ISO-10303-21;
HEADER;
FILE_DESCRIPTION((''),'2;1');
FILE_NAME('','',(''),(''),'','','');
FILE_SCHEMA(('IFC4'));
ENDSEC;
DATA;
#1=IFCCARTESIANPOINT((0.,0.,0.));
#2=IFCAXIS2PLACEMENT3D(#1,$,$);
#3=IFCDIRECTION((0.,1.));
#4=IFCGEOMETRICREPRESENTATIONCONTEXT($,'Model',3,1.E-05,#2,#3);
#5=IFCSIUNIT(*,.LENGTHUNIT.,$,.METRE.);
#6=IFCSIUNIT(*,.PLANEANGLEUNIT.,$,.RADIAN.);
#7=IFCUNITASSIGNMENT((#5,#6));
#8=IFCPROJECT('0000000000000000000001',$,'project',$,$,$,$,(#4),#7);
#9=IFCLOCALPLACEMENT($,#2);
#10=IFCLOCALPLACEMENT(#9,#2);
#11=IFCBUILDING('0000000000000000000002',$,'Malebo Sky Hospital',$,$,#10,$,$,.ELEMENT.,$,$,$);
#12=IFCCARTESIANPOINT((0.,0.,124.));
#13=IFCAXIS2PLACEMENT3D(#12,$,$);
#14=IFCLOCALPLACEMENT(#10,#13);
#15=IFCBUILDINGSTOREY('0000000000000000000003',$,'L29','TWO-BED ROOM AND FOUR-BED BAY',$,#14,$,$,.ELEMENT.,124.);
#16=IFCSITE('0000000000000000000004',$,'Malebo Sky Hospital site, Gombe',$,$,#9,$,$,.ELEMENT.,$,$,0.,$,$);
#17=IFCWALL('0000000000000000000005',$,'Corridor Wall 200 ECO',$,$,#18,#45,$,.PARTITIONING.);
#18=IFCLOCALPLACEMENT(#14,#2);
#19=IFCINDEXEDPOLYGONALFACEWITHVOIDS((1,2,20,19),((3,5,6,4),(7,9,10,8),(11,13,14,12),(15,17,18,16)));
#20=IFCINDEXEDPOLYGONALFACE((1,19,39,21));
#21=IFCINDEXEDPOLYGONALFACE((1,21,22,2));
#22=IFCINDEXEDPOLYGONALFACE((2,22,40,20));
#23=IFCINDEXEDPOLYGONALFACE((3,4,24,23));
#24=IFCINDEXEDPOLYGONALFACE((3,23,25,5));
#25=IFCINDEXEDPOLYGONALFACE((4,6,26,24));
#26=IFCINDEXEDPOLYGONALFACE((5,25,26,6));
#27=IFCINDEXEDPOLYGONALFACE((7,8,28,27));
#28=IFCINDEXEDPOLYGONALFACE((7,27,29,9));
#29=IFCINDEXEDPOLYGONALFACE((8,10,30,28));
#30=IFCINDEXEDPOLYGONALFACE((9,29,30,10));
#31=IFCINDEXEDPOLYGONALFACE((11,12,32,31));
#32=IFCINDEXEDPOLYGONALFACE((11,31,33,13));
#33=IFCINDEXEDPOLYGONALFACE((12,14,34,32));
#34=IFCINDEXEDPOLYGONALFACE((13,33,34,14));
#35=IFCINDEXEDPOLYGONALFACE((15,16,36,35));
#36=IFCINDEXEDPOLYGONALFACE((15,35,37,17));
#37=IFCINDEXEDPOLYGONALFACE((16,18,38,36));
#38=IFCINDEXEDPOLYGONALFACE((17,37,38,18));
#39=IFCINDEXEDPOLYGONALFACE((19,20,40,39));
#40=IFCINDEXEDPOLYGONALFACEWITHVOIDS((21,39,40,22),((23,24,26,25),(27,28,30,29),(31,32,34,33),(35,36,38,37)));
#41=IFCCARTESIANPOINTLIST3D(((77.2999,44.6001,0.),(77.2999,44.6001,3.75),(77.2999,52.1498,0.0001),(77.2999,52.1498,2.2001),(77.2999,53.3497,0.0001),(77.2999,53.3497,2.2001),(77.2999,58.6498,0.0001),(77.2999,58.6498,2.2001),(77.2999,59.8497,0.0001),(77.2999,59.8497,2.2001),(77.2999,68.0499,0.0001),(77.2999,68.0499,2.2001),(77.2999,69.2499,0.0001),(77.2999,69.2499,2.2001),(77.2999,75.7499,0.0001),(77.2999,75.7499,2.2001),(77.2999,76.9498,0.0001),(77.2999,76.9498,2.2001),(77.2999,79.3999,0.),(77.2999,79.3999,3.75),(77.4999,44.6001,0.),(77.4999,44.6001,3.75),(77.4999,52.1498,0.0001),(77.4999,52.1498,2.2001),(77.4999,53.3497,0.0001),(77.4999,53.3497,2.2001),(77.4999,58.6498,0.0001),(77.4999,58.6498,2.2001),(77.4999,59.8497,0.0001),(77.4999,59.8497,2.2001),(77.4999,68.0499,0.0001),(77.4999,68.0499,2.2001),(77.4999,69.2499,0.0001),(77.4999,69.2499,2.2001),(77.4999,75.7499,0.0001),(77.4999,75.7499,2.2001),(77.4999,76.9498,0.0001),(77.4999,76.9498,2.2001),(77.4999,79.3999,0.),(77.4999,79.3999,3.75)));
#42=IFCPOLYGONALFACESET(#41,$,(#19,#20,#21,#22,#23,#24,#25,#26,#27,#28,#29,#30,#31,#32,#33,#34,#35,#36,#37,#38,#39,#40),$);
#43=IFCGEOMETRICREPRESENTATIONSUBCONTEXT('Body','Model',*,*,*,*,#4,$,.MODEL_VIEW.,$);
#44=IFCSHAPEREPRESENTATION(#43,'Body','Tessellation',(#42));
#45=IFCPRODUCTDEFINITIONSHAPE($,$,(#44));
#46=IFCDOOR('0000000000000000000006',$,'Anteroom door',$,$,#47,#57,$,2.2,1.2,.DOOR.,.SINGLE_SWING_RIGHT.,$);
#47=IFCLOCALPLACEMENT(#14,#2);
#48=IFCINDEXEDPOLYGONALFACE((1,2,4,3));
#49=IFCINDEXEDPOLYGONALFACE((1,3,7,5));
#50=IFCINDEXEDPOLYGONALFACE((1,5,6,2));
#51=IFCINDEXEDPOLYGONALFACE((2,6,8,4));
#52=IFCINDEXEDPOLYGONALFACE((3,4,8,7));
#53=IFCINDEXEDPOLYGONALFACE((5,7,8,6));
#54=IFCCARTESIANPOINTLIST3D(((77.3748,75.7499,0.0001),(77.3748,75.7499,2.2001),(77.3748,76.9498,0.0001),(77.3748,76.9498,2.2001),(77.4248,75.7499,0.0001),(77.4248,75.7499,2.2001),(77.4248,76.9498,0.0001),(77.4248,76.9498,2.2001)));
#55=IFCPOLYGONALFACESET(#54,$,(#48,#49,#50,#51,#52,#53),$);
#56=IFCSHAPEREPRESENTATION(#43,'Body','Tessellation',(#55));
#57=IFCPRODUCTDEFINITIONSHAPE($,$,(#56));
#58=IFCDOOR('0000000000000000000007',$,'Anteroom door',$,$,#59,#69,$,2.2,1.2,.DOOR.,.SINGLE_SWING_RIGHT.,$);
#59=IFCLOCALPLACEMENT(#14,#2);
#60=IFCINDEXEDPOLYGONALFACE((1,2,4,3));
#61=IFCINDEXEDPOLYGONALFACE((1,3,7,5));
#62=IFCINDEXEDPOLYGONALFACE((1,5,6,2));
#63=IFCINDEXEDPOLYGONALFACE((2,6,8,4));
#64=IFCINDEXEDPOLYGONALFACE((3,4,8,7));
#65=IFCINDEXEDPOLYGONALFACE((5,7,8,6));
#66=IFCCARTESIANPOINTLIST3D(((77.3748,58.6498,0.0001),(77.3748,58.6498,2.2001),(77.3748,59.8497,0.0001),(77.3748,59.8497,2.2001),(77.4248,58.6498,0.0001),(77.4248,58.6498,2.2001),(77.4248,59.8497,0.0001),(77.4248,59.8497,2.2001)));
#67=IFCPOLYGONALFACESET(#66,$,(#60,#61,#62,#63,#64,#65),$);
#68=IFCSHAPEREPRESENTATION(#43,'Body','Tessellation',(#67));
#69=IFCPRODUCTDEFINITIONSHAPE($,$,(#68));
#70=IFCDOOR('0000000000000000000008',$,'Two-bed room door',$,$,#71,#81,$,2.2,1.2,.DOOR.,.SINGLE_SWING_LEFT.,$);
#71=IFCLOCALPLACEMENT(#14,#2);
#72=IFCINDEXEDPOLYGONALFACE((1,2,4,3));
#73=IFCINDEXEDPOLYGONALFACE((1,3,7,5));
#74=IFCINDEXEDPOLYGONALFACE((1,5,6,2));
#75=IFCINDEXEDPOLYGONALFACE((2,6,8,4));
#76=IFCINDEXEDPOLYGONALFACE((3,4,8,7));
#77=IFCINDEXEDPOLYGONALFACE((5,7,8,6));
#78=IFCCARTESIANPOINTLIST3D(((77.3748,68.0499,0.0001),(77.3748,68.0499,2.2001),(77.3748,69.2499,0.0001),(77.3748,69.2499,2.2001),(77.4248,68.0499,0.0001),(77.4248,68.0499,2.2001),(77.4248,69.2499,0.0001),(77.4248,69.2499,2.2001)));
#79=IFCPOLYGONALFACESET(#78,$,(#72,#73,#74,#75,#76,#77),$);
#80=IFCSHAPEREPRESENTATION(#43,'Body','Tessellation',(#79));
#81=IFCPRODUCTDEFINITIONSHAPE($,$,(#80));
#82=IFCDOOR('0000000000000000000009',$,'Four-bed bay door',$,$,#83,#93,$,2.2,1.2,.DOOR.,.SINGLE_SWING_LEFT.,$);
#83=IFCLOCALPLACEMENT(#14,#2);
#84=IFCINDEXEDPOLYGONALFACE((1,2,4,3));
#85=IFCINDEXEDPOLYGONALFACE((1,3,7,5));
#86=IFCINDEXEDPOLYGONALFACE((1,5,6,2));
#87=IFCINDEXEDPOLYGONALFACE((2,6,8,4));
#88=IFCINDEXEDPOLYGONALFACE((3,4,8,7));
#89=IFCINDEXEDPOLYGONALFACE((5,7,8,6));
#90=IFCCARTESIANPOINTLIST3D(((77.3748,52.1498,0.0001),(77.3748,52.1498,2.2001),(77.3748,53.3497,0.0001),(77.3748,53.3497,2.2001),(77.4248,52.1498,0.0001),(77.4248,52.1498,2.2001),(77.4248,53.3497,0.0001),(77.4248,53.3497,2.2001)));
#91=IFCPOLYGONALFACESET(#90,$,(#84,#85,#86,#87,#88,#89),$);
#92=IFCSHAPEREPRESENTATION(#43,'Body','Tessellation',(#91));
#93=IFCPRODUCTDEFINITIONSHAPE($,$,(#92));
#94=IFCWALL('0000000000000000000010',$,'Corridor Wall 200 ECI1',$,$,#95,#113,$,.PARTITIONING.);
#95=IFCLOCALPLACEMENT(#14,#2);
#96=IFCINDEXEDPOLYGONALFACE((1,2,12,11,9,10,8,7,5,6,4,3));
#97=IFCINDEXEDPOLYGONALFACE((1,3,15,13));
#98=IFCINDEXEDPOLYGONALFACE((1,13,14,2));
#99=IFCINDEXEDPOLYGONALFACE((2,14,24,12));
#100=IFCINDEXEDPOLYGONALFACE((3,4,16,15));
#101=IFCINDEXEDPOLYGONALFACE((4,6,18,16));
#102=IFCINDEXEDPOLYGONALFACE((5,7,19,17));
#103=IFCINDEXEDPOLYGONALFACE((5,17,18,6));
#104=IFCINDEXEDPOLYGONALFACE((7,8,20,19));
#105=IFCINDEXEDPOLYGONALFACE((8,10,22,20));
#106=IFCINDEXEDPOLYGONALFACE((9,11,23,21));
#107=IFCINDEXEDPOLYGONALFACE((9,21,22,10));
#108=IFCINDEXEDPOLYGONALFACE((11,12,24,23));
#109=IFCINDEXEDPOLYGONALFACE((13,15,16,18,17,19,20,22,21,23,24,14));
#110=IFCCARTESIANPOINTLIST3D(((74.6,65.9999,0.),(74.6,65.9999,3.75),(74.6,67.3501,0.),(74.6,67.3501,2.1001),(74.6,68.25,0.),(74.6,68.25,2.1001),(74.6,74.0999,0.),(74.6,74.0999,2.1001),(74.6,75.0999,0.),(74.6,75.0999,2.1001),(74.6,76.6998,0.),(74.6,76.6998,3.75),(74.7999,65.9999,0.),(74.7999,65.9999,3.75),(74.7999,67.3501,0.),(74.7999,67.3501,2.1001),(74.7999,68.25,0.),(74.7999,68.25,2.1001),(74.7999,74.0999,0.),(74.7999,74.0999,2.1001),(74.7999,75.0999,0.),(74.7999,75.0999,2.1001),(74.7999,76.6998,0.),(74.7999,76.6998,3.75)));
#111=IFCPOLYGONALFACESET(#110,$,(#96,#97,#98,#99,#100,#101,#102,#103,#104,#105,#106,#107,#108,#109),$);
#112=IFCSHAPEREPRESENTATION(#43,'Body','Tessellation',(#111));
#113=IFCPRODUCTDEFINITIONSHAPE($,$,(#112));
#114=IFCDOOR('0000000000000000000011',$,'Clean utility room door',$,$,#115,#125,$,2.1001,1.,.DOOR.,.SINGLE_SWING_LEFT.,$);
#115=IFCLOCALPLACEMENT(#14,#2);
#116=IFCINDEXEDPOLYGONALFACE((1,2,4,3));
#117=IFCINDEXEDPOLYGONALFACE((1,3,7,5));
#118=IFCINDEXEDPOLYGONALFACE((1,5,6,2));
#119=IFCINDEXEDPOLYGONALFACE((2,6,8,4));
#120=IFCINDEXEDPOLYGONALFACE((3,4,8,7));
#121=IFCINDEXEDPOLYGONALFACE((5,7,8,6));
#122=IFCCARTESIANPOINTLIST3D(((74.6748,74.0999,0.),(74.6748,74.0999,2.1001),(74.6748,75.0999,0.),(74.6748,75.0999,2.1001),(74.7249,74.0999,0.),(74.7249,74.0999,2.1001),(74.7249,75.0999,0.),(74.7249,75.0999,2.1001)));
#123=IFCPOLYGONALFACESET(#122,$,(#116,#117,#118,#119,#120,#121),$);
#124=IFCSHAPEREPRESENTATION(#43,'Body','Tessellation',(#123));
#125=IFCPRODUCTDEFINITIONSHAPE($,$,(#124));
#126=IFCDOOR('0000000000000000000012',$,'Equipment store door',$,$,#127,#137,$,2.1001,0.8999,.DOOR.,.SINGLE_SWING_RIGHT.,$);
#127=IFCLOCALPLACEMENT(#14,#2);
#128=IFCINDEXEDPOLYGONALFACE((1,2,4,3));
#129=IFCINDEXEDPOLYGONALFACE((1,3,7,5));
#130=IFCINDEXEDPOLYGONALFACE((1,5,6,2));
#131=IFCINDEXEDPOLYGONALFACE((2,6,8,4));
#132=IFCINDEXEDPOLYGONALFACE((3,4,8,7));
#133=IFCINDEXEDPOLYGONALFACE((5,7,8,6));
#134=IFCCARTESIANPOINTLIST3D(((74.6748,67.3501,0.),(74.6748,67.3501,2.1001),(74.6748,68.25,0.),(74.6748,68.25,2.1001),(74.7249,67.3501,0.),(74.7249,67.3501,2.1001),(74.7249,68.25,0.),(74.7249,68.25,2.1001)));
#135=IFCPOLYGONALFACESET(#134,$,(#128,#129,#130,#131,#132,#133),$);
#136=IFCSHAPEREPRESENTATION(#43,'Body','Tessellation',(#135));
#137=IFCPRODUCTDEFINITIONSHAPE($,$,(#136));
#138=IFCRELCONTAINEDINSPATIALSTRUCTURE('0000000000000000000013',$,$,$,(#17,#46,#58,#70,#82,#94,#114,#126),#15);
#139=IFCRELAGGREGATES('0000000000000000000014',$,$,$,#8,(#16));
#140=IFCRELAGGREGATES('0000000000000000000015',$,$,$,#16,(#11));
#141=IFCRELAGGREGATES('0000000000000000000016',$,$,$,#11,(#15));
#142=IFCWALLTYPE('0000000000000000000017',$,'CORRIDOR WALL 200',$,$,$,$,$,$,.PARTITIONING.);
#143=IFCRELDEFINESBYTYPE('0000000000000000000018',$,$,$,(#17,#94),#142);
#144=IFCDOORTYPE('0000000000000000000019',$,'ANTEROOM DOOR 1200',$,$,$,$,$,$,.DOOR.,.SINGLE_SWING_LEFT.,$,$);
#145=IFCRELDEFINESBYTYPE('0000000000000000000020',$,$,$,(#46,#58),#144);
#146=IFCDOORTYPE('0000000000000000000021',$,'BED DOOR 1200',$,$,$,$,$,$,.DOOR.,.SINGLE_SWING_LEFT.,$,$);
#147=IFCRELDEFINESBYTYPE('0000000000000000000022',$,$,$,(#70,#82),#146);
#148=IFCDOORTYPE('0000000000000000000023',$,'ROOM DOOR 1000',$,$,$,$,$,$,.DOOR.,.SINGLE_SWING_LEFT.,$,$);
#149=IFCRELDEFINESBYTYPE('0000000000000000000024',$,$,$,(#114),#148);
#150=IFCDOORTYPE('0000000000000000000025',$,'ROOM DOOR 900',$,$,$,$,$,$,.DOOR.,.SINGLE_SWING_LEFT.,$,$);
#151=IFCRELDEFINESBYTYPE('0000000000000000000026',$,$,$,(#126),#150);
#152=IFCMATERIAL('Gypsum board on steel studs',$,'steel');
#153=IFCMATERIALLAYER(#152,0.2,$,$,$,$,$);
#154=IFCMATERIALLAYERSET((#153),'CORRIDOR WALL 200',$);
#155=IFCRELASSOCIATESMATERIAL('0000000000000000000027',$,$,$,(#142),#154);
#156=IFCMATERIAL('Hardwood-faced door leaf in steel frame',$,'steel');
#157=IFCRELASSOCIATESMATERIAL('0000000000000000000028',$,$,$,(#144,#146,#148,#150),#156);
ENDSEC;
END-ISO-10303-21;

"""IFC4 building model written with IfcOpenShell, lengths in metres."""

from ifc_helpers import new_model, si_unit, direction, frame, frame_2d, origin, place, context, subcontext, project, spatial, rectangle, extrude, material, layer, layer_set, type_object, element, fill, save


model = new_model("IFC4")

# Units and contexts
model_context = context("Model", 3, precision=1e-05, world=origin(), true_north=direction((0.0, 1.0)))
body_context = subcontext(model_context, "Body", "Model", "MODEL_VIEW")
ifc_project = project(units=[si_unit("LENGTHUNIT", "METRE"), si_unit("PLANEANGLEUNIT", "RADIAN")], contexts=[model_context])

# Site, building, storey
site_placement = place(None, origin())
site = spatial("IfcSite", under=ifc_project, at=site_placement, Name="Malebo Sky Hospital site, Gombe", CompositionType="ELEMENT", RefElevation=0.0)
building_placement = place(site_placement, origin())
building = spatial("IfcBuilding", under=site, at=building_placement, Name="Malebo Sky Hospital", CompositionType="ELEMENT")
storey_placement = place(building_placement, frame((0.0, 0.0, 124.0)))
storey = spatial("IfcBuildingStorey", under=building, at=storey_placement, Name="L29", Description="TWO-BED ROOM AND FOUR-BED BAY", CompositionType="ELEMENT", Elevation=124.0)

# Walls, openings, doors
ifc_material_1 = material(Name="Gypsum board on steel studs", Category="steel")
ifc_layer_1 = layer(ifc_material_1, 0.2)
ifc_layer_set_1 = layer_set([ifc_layer_1], Name="CORRIDOR WALL 200")
wall_type_1 = type_object("IfcWallType", Name="CORRIDOR WALL 200", PredefinedType="PARTITIONING", material=ifc_layer_set_1)
wall_1_placement = place(storey_placement, frame((77.3999, 79.3999, 0.0), z_axis=(0.0, 0.0, 1.0), x_axis=(0.0, -1.0, 0.0)))
wall_1 = element("IfcWall", 1, at=wall_1_placement, inside=storey, type_object=wall_type_1, Name="Corridor Wall 200 ECO", PredefinedType="PARTITIONING", context=body_context, shape_type="SweptSolid", body=[
    extrude(rectangle(XDim=34.7998, YDim=0.2, at=frame_2d((17.3999, 0.0))), origin(), (0.0, 0.0, 1.0), 3.75),
])
opening_1_placement = place(wall_1_placement, frame((2.45, 0.0, 0.0)))
opening_1 = element("IfcOpeningElement", 2, at=opening_1_placement, cuts=wall_1, PredefinedType="OPENING", context=body_context, shape_type="SweptSolid", body=[
    extrude(rectangle(XDim=1.2, YDim=2.2, at=frame_2d((0.6001, 1.1001))), frame((0.0, 0.1099, 0.0), z_axis=(0.0, -1.0, 0.0), x_axis=(1.0, 0.0, 0.0)), (0.0, 0.0, 1.0), 0.22),
])
opening_2_placement = place(wall_1_placement, frame((10.1499, 0.0, 0.0)))
opening_2 = element("IfcOpeningElement", 3, at=opening_2_placement, cuts=wall_1, PredefinedType="OPENING", context=body_context, shape_type="SweptSolid", body=[
    extrude(rectangle(XDim=1.2, YDim=2.2, at=frame_2d((0.6001, 1.1001))), frame((0.0, 0.1099, 0.0), z_axis=(0.0, -1.0, 0.0), x_axis=(1.0, 0.0, 0.0)), (0.0, 0.0, 1.0), 0.22),
])
opening_3_placement = place(wall_1_placement, frame((19.55, 0.0, 0.0)))
opening_3 = element("IfcOpeningElement", 4, at=opening_3_placement, cuts=wall_1, PredefinedType="OPENING", context=body_context, shape_type="SweptSolid", body=[
    extrude(rectangle(XDim=1.2, YDim=2.2, at=frame_2d((0.6001, 1.1001))), frame((0.0, 0.1099, 0.0), z_axis=(0.0, -1.0, 0.0), x_axis=(1.0, 0.0, 0.0)), (0.0, 0.0, 1.0), 0.22),
])
opening_4_placement = place(wall_1_placement, frame((26.05, 0.0, 0.0)))
opening_4 = element("IfcOpeningElement", 5, at=opening_4_placement, cuts=wall_1, PredefinedType="OPENING", context=body_context, shape_type="SweptSolid", body=[
    extrude(rectangle(XDim=1.2, YDim=2.2, at=frame_2d((0.6001, 1.1001))), frame((0.0, 0.1099, 0.0), z_axis=(0.0, -1.0, 0.0), x_axis=(1.0, 0.0, 0.0)), (0.0, 0.0, 1.0), 0.22),
])
ifc_material_2 = material(Name="Hardwood-faced door leaf in steel frame", Category="steel")
door_type_1 = type_object("IfcDoorType", Name="ANTEROOM DOOR 1200", OperationType="SINGLE_SWING_LEFT", PredefinedType="DOOR", material=ifc_material_2)
door_1_placement = place(opening_1_placement, origin())
door_1 = element("IfcDoor", 6, at=door_1_placement, inside=storey, type_object=door_type_1, Name="Anteroom door", OperationType="SINGLE_SWING_RIGHT", OverallHeight=2.2, OverallWidth=1.2, PredefinedType="DOOR", context=body_context, shape_type="SweptSolid", body=[
    extrude(rectangle(XDim=1.2, YDim=2.2, at=frame_2d((0.6001, 1.1001))), frame((0.0, 0.0249, 0.0), z_axis=(0.0, -1.0, 0.0), x_axis=(1.0, 0.0, 0.0)), (0.0, 0.0, 1.0), 0.05),
])
fill(opening_1, door_1)
door_2_placement = place(opening_3_placement, origin())
door_2 = element("IfcDoor", 7, at=door_2_placement, inside=storey, type_object=door_type_1, Name="Anteroom door", OperationType="SINGLE_SWING_RIGHT", OverallHeight=2.2, OverallWidth=1.2, PredefinedType="DOOR", context=body_context, shape_type="SweptSolid", body=[
    extrude(rectangle(XDim=1.2, YDim=2.2, at=frame_2d((0.6001, 1.1001))), frame((0.0, 0.0249, 0.0), z_axis=(0.0, -1.0, 0.0), x_axis=(1.0, 0.0, 0.0)), (0.0, 0.0, 1.0), 0.05),
])
fill(opening_3, door_2)
door_type_2 = type_object("IfcDoorType", Name="BED DOOR 1200", OperationType="SINGLE_SWING_LEFT", PredefinedType="DOOR", material=ifc_material_2)
door_3_placement = place(opening_2_placement, origin())
door_3 = element("IfcDoor", 8, at=door_3_placement, inside=storey, type_object=door_type_2, Name="Two-bed room door", OperationType="SINGLE_SWING_LEFT", OverallHeight=2.2, OverallWidth=1.2, PredefinedType="DOOR", context=body_context, shape_type="SweptSolid", body=[
    extrude(rectangle(XDim=1.2, YDim=2.2, at=frame_2d((0.6001, 1.1001))), frame((0.0, 0.0249, 0.0), z_axis=(0.0, -1.0, 0.0), x_axis=(1.0, 0.0, 0.0)), (0.0, 0.0, 1.0), 0.05),
])
fill(opening_2, door_3)
door_4_placement = place(opening_4_placement, origin())
door_4 = element("IfcDoor", 9, at=door_4_placement, inside=storey, type_object=door_type_2, Name="Four-bed bay door", OperationType="SINGLE_SWING_LEFT", OverallHeight=2.2, OverallWidth=1.2, PredefinedType="DOOR", context=body_context, shape_type="SweptSolid", body=[
    extrude(rectangle(XDim=1.2, YDim=2.2, at=frame_2d((0.6001, 1.1001))), frame((0.0, 0.0249, 0.0), z_axis=(0.0, -1.0, 0.0), x_axis=(1.0, 0.0, 0.0)), (0.0, 0.0, 1.0), 0.05),
])
fill(opening_4, door_4)
wall_2_placement = place(storey_placement, frame((74.7, 76.7, 0.0), z_axis=(0.0, 0.0, 1.0), x_axis=(0.0, -1.0, 0.0)))
wall_2 = element("IfcWall", 10, at=wall_2_placement, inside=storey, type_object=wall_type_1, Name="Corridor Wall 200 ECI1", PredefinedType="PARTITIONING", context=body_context, shape_type="SweptSolid", body=[
    extrude(rectangle(XDim=10.7, YDim=0.2, at=frame_2d((5.3501, 0.0))), origin(), (0.0, 0.0, 1.0), 3.75),
])
opening_5_placement = place(wall_2_placement, frame((1.6001, 0.0, 0.0)))
opening_5 = element("IfcOpeningElement", 11, at=opening_5_placement, cuts=wall_2, PredefinedType="OPENING", context=body_context, shape_type="SweptSolid", body=[
    extrude(rectangle(XDim=1.0, YDim=2.1001, at=frame_2d((0.5, 1.05))), frame((0.0, 0.1099, 0.0), z_axis=(0.0, -1.0, 0.0), x_axis=(1.0, 0.0, 0.0)), (0.0, 0.0, 1.0), 0.22),
])
opening_6_placement = place(wall_2_placement, frame((8.45, 0.0, 0.0)))
opening_6 = element("IfcOpeningElement", 12, at=opening_6_placement, cuts=wall_2, PredefinedType="OPENING", context=body_context, shape_type="SweptSolid", body=[
    extrude(rectangle(XDim=0.8999, YDim=2.1001, at=frame_2d((0.45, 1.05))), frame((0.0, 0.1099, 0.0), z_axis=(0.0, -1.0, 0.0), x_axis=(1.0, 0.0, 0.0)), (0.0, 0.0, 1.0), 0.22),
])
door_type_3 = type_object("IfcDoorType", Name="ROOM DOOR 1000", OperationType="SINGLE_SWING_LEFT", PredefinedType="DOOR", material=ifc_material_2)
door_5_placement = place(opening_5_placement, origin())
door_5 = element("IfcDoor", 13, at=door_5_placement, inside=storey, type_object=door_type_3, Name="Clean utility room door", OperationType="SINGLE_SWING_LEFT", OverallHeight=2.1001, OverallWidth=1.0, PredefinedType="DOOR", context=body_context, shape_type="SweptSolid", body=[
    extrude(rectangle(XDim=1.0, YDim=2.1001, at=frame_2d((0.5, 1.05))), frame((0.0, 0.0249, 0.0), z_axis=(0.0, -1.0, 0.0), x_axis=(1.0, 0.0, 0.0)), (0.0, 0.0, 1.0), 0.05),
])
fill(opening_5, door_5)
door_type_4 = type_object("IfcDoorType", Name="ROOM DOOR 900", OperationType="SINGLE_SWING_LEFT", PredefinedType="DOOR", material=ifc_material_2)
door_6_placement = place(opening_6_placement, origin())
door_6 = element("IfcDoor", 14, at=door_6_placement, inside=storey, type_object=door_type_4, Name="Equipment store door", OperationType="SINGLE_SWING_RIGHT", OverallHeight=2.1001, OverallWidth=0.8999, PredefinedType="DOOR", context=body_context, shape_type="SweptSolid", body=[
    extrude(rectangle(XDim=0.8999, YDim=2.1001, at=frame_2d((0.45, 1.05))), frame((0.0, 0.0249, 0.0), z_axis=(0.0, -1.0, 0.0), x_axis=(1.0, 0.0, 0.0)), (0.0, 0.0, 1.0), 0.05),
])
fill(opening_6, door_6)

save(model, "model.ifc")
